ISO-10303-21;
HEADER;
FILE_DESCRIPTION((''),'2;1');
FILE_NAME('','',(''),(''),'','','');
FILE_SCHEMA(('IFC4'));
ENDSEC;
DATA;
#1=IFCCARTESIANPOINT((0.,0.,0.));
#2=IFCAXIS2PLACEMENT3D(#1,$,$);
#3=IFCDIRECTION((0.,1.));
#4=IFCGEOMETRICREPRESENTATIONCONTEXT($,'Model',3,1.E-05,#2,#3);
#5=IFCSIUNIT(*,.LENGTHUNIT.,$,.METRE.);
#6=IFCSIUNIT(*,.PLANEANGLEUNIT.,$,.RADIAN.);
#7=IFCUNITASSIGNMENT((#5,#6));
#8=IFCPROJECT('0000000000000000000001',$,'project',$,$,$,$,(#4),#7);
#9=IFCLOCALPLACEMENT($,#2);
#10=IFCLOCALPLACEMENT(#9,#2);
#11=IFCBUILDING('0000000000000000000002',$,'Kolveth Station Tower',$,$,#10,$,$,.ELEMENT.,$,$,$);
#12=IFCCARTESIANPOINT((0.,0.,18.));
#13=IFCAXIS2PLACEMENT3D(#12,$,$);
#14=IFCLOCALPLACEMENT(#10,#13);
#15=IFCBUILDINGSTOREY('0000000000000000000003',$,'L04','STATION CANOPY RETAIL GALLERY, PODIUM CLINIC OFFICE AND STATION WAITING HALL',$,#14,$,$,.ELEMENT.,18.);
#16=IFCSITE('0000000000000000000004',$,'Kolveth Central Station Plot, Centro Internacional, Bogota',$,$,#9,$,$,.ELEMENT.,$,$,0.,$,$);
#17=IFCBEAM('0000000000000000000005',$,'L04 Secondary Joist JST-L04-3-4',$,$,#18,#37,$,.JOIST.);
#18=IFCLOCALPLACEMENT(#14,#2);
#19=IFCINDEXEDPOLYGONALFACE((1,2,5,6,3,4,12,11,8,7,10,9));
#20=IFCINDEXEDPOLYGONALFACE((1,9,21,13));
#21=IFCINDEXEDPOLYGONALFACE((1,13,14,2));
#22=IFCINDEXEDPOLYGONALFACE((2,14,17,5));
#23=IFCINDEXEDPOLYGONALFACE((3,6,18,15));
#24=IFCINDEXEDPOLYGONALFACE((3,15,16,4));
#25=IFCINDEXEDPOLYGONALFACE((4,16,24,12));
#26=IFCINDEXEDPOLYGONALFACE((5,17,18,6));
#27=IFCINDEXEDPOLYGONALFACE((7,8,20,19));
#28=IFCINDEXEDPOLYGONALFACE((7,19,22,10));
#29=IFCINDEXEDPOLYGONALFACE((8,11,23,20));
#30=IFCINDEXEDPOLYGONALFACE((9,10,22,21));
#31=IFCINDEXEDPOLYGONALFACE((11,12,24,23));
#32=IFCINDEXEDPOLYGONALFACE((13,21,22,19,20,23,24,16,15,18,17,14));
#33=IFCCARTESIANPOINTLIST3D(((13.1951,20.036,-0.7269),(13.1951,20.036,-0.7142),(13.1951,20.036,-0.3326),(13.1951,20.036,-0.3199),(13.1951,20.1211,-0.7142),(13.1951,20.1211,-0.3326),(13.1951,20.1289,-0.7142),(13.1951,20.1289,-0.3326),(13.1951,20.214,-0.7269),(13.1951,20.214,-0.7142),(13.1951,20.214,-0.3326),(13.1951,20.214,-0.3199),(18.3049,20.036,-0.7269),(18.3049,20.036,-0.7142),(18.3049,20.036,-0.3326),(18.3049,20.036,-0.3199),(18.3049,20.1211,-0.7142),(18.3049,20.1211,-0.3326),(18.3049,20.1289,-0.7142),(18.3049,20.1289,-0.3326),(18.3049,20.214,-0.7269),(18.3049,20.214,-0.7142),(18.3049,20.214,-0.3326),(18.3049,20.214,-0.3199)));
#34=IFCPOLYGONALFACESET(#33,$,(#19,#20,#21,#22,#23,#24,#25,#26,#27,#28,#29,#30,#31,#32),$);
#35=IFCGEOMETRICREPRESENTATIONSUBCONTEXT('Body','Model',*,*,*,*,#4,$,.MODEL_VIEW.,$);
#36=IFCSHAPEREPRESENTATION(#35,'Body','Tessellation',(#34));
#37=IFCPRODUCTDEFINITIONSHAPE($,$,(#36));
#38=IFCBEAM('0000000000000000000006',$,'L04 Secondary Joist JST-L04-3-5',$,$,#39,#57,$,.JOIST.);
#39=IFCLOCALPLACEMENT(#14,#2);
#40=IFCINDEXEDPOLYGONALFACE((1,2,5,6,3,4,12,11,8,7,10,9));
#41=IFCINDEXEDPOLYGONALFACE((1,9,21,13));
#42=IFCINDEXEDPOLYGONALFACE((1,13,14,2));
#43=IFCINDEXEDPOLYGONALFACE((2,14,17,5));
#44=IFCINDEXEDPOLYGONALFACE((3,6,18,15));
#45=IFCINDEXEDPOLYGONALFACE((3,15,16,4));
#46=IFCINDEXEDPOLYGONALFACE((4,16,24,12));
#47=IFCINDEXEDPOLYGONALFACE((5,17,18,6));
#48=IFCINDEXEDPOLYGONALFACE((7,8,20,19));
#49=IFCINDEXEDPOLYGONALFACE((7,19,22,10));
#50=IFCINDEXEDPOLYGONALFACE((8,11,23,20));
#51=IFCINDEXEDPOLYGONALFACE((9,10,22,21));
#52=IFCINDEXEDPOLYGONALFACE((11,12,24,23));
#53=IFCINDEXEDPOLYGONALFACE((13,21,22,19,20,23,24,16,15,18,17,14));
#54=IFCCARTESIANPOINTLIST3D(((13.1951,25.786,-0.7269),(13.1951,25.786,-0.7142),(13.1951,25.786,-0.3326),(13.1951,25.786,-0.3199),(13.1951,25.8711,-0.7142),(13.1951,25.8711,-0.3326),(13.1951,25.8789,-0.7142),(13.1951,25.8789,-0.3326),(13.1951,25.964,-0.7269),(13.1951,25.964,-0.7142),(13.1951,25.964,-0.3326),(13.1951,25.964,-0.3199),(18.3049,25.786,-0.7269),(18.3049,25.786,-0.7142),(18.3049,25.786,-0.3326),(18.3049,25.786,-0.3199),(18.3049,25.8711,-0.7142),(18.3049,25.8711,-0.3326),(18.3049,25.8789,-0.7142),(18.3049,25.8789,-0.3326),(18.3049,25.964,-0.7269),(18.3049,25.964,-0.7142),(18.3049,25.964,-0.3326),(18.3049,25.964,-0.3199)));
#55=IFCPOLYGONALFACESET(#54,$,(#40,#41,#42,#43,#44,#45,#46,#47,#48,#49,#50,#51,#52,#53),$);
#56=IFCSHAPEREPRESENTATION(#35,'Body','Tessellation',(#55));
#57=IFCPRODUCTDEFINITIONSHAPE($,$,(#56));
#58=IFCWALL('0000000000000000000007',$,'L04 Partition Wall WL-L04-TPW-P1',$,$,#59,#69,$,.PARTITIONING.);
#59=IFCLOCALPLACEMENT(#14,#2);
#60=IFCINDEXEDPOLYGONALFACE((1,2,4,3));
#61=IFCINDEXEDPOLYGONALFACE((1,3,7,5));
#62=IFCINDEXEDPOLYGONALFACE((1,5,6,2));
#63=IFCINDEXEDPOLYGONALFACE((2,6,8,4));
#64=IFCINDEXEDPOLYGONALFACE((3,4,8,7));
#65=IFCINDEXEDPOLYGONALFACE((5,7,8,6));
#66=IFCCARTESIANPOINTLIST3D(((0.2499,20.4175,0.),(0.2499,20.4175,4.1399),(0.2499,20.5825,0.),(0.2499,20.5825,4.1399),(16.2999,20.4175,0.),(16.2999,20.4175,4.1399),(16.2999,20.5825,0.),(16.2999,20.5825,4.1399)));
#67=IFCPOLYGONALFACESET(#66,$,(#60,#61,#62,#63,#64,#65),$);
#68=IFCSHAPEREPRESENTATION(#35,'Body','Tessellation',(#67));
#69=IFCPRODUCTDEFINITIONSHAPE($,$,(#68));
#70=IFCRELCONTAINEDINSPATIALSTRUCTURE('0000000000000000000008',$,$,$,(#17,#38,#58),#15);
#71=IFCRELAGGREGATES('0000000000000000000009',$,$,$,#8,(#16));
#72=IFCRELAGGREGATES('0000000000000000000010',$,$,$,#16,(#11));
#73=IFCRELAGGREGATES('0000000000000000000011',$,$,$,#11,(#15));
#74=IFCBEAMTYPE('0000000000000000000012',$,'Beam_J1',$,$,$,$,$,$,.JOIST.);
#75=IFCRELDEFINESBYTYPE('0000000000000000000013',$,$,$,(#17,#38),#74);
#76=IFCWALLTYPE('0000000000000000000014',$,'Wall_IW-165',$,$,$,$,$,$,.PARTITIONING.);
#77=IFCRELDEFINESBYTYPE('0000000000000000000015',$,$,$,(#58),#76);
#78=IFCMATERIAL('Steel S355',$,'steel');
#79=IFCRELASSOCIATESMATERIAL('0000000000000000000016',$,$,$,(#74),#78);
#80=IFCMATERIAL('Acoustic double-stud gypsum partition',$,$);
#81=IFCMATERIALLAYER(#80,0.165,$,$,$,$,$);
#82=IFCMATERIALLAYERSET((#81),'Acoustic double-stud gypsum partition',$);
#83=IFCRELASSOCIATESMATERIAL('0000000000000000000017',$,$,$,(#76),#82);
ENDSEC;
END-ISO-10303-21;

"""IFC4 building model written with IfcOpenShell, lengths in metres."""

from ifc_helpers import new_model, si_unit, direction, frame, frame_2d, origin, origin_2d, place, context, subcontext, project, spatial, rectangle, i_section, extrude, source, transform, mapped, material, layer, layer_set, material_profile, profile_set, type_object, element, save


model = new_model("IFC4")

# Units and contexts
model_context = context("Model", 3, precision=1e-05, world=origin(), true_north=direction((0.0, 1.0)))
body_context = subcontext(model_context, "Body", "Model", "MODEL_VIEW")
ifc_project = project(units=[si_unit("LENGTHUNIT", "METRE"), si_unit("PLANEANGLEUNIT", "RADIAN")], contexts=[model_context])

# Site, building, storey
site_placement = place(None, origin())
site = spatial("IfcSite", under=ifc_project, at=site_placement, Name="Kolveth Central Station Plot, Centro Internacional, Bogota", CompositionType="ELEMENT", RefElevation=0.0)
building_placement = place(site_placement, origin())
building = spatial("IfcBuilding", under=site, at=building_placement, Name="Kolveth Station Tower", CompositionType="ELEMENT")
storey_placement = place(building_placement, frame((0.0, 0.0, 18.0)))
storey = spatial("IfcBuildingStorey", under=building, at=storey_placement, Name="L04", Description="STATION CANOPY RETAIL GALLERY, PODIUM CLINIC OFFICE AND STATION WAITING HALL", CompositionType="ELEMENT", Elevation=18.0)

# Beams
ifc_material_1 = material(Name="Steel S355", Category="steel")
ifc_material_profile_1 = material_profile(ifc_material_1, i_section(OverallWidth=0.178, OverallDepth=0.407, WebThickness=0.0078, FlangeThickness=0.0127, at=origin_2d()), Name="W410x60")
ifc_profile_set_1 = profile_set([ifc_material_profile_1], Name="Steel S355")
beam_type_1 = type_object("IfcBeamType", Name="Beam_J1", PredefinedType="JOIST", material=ifc_profile_set_1)
shared_shape_1 = source(origin(), body_context, "Body", "SweptSolid", [
    extrude(i_section(OverallWidth=0.178, OverallDepth=0.407, WebThickness=0.0078, FlangeThickness=0.0127, at=origin_2d()), origin(), (0.0, 0.0, 1.0), 5.1099),
])
for number, where, z_axis, x_axis, name in (
    (1, (13.1951, 20.125, -0.5234), (1.0, 0.0, 0.0), (0.0, 1.0, 0.0), "L04 Secondary Joist JST-L04-3-4"),
    (2, (13.1951, 25.875, -0.5234), (1.0, 0.0, 0.0), (0.0, 1.0, 0.0), "L04 Secondary Joist JST-L04-3-5"),
):
    element("IfcBeam", number, at=place(storey_placement, frame(where, z_axis=z_axis, x_axis=x_axis)), inside=storey, type_object=beam_type_1, Name=name, PredefinedType="JOIST", context=body_context, shape_type="MappedRepresentation", body=[
        mapped(shared_shape_1, transform((0.0, 0.0, 0.0), x_axis=(1.0, 0.0, 0.0), y_axis=(0.0, 1.0, 0.0), z_axis=(0.0, 0.0, 1.0), scale=1.0)),
    ])

# Wall
ifc_material_2 = material(Name="Acoustic double-stud gypsum partition")
ifc_layer = layer(ifc_material_2, 0.165)
ifc_layer_set = layer_set([ifc_layer], Name="Acoustic double-stud gypsum partition")
wall_type = type_object("IfcWallType", Name="Wall_IW-165", PredefinedType="PARTITIONING", material=ifc_layer_set)
wall_placement = place(storey_placement, frame((0.25, 20.5, 0.0), z_axis=(0.0, 0.0, 1.0), x_axis=(1.0, 0.0, 0.0)))
element("IfcWall", 3, at=wall_placement, inside=storey, type_object=wall_type, Name="L04 Partition Wall WL-L04-TPW-P1", PredefinedType="PARTITIONING", context=body_context, shape_type="SweptSolid", body=[
    extrude(rectangle(XDim=16.05, YDim=0.165, at=frame_2d((8.0249, 0.0))), origin(), (0.0, 0.0, 1.0), 4.1399),
])

save(model, "model.ifc")
